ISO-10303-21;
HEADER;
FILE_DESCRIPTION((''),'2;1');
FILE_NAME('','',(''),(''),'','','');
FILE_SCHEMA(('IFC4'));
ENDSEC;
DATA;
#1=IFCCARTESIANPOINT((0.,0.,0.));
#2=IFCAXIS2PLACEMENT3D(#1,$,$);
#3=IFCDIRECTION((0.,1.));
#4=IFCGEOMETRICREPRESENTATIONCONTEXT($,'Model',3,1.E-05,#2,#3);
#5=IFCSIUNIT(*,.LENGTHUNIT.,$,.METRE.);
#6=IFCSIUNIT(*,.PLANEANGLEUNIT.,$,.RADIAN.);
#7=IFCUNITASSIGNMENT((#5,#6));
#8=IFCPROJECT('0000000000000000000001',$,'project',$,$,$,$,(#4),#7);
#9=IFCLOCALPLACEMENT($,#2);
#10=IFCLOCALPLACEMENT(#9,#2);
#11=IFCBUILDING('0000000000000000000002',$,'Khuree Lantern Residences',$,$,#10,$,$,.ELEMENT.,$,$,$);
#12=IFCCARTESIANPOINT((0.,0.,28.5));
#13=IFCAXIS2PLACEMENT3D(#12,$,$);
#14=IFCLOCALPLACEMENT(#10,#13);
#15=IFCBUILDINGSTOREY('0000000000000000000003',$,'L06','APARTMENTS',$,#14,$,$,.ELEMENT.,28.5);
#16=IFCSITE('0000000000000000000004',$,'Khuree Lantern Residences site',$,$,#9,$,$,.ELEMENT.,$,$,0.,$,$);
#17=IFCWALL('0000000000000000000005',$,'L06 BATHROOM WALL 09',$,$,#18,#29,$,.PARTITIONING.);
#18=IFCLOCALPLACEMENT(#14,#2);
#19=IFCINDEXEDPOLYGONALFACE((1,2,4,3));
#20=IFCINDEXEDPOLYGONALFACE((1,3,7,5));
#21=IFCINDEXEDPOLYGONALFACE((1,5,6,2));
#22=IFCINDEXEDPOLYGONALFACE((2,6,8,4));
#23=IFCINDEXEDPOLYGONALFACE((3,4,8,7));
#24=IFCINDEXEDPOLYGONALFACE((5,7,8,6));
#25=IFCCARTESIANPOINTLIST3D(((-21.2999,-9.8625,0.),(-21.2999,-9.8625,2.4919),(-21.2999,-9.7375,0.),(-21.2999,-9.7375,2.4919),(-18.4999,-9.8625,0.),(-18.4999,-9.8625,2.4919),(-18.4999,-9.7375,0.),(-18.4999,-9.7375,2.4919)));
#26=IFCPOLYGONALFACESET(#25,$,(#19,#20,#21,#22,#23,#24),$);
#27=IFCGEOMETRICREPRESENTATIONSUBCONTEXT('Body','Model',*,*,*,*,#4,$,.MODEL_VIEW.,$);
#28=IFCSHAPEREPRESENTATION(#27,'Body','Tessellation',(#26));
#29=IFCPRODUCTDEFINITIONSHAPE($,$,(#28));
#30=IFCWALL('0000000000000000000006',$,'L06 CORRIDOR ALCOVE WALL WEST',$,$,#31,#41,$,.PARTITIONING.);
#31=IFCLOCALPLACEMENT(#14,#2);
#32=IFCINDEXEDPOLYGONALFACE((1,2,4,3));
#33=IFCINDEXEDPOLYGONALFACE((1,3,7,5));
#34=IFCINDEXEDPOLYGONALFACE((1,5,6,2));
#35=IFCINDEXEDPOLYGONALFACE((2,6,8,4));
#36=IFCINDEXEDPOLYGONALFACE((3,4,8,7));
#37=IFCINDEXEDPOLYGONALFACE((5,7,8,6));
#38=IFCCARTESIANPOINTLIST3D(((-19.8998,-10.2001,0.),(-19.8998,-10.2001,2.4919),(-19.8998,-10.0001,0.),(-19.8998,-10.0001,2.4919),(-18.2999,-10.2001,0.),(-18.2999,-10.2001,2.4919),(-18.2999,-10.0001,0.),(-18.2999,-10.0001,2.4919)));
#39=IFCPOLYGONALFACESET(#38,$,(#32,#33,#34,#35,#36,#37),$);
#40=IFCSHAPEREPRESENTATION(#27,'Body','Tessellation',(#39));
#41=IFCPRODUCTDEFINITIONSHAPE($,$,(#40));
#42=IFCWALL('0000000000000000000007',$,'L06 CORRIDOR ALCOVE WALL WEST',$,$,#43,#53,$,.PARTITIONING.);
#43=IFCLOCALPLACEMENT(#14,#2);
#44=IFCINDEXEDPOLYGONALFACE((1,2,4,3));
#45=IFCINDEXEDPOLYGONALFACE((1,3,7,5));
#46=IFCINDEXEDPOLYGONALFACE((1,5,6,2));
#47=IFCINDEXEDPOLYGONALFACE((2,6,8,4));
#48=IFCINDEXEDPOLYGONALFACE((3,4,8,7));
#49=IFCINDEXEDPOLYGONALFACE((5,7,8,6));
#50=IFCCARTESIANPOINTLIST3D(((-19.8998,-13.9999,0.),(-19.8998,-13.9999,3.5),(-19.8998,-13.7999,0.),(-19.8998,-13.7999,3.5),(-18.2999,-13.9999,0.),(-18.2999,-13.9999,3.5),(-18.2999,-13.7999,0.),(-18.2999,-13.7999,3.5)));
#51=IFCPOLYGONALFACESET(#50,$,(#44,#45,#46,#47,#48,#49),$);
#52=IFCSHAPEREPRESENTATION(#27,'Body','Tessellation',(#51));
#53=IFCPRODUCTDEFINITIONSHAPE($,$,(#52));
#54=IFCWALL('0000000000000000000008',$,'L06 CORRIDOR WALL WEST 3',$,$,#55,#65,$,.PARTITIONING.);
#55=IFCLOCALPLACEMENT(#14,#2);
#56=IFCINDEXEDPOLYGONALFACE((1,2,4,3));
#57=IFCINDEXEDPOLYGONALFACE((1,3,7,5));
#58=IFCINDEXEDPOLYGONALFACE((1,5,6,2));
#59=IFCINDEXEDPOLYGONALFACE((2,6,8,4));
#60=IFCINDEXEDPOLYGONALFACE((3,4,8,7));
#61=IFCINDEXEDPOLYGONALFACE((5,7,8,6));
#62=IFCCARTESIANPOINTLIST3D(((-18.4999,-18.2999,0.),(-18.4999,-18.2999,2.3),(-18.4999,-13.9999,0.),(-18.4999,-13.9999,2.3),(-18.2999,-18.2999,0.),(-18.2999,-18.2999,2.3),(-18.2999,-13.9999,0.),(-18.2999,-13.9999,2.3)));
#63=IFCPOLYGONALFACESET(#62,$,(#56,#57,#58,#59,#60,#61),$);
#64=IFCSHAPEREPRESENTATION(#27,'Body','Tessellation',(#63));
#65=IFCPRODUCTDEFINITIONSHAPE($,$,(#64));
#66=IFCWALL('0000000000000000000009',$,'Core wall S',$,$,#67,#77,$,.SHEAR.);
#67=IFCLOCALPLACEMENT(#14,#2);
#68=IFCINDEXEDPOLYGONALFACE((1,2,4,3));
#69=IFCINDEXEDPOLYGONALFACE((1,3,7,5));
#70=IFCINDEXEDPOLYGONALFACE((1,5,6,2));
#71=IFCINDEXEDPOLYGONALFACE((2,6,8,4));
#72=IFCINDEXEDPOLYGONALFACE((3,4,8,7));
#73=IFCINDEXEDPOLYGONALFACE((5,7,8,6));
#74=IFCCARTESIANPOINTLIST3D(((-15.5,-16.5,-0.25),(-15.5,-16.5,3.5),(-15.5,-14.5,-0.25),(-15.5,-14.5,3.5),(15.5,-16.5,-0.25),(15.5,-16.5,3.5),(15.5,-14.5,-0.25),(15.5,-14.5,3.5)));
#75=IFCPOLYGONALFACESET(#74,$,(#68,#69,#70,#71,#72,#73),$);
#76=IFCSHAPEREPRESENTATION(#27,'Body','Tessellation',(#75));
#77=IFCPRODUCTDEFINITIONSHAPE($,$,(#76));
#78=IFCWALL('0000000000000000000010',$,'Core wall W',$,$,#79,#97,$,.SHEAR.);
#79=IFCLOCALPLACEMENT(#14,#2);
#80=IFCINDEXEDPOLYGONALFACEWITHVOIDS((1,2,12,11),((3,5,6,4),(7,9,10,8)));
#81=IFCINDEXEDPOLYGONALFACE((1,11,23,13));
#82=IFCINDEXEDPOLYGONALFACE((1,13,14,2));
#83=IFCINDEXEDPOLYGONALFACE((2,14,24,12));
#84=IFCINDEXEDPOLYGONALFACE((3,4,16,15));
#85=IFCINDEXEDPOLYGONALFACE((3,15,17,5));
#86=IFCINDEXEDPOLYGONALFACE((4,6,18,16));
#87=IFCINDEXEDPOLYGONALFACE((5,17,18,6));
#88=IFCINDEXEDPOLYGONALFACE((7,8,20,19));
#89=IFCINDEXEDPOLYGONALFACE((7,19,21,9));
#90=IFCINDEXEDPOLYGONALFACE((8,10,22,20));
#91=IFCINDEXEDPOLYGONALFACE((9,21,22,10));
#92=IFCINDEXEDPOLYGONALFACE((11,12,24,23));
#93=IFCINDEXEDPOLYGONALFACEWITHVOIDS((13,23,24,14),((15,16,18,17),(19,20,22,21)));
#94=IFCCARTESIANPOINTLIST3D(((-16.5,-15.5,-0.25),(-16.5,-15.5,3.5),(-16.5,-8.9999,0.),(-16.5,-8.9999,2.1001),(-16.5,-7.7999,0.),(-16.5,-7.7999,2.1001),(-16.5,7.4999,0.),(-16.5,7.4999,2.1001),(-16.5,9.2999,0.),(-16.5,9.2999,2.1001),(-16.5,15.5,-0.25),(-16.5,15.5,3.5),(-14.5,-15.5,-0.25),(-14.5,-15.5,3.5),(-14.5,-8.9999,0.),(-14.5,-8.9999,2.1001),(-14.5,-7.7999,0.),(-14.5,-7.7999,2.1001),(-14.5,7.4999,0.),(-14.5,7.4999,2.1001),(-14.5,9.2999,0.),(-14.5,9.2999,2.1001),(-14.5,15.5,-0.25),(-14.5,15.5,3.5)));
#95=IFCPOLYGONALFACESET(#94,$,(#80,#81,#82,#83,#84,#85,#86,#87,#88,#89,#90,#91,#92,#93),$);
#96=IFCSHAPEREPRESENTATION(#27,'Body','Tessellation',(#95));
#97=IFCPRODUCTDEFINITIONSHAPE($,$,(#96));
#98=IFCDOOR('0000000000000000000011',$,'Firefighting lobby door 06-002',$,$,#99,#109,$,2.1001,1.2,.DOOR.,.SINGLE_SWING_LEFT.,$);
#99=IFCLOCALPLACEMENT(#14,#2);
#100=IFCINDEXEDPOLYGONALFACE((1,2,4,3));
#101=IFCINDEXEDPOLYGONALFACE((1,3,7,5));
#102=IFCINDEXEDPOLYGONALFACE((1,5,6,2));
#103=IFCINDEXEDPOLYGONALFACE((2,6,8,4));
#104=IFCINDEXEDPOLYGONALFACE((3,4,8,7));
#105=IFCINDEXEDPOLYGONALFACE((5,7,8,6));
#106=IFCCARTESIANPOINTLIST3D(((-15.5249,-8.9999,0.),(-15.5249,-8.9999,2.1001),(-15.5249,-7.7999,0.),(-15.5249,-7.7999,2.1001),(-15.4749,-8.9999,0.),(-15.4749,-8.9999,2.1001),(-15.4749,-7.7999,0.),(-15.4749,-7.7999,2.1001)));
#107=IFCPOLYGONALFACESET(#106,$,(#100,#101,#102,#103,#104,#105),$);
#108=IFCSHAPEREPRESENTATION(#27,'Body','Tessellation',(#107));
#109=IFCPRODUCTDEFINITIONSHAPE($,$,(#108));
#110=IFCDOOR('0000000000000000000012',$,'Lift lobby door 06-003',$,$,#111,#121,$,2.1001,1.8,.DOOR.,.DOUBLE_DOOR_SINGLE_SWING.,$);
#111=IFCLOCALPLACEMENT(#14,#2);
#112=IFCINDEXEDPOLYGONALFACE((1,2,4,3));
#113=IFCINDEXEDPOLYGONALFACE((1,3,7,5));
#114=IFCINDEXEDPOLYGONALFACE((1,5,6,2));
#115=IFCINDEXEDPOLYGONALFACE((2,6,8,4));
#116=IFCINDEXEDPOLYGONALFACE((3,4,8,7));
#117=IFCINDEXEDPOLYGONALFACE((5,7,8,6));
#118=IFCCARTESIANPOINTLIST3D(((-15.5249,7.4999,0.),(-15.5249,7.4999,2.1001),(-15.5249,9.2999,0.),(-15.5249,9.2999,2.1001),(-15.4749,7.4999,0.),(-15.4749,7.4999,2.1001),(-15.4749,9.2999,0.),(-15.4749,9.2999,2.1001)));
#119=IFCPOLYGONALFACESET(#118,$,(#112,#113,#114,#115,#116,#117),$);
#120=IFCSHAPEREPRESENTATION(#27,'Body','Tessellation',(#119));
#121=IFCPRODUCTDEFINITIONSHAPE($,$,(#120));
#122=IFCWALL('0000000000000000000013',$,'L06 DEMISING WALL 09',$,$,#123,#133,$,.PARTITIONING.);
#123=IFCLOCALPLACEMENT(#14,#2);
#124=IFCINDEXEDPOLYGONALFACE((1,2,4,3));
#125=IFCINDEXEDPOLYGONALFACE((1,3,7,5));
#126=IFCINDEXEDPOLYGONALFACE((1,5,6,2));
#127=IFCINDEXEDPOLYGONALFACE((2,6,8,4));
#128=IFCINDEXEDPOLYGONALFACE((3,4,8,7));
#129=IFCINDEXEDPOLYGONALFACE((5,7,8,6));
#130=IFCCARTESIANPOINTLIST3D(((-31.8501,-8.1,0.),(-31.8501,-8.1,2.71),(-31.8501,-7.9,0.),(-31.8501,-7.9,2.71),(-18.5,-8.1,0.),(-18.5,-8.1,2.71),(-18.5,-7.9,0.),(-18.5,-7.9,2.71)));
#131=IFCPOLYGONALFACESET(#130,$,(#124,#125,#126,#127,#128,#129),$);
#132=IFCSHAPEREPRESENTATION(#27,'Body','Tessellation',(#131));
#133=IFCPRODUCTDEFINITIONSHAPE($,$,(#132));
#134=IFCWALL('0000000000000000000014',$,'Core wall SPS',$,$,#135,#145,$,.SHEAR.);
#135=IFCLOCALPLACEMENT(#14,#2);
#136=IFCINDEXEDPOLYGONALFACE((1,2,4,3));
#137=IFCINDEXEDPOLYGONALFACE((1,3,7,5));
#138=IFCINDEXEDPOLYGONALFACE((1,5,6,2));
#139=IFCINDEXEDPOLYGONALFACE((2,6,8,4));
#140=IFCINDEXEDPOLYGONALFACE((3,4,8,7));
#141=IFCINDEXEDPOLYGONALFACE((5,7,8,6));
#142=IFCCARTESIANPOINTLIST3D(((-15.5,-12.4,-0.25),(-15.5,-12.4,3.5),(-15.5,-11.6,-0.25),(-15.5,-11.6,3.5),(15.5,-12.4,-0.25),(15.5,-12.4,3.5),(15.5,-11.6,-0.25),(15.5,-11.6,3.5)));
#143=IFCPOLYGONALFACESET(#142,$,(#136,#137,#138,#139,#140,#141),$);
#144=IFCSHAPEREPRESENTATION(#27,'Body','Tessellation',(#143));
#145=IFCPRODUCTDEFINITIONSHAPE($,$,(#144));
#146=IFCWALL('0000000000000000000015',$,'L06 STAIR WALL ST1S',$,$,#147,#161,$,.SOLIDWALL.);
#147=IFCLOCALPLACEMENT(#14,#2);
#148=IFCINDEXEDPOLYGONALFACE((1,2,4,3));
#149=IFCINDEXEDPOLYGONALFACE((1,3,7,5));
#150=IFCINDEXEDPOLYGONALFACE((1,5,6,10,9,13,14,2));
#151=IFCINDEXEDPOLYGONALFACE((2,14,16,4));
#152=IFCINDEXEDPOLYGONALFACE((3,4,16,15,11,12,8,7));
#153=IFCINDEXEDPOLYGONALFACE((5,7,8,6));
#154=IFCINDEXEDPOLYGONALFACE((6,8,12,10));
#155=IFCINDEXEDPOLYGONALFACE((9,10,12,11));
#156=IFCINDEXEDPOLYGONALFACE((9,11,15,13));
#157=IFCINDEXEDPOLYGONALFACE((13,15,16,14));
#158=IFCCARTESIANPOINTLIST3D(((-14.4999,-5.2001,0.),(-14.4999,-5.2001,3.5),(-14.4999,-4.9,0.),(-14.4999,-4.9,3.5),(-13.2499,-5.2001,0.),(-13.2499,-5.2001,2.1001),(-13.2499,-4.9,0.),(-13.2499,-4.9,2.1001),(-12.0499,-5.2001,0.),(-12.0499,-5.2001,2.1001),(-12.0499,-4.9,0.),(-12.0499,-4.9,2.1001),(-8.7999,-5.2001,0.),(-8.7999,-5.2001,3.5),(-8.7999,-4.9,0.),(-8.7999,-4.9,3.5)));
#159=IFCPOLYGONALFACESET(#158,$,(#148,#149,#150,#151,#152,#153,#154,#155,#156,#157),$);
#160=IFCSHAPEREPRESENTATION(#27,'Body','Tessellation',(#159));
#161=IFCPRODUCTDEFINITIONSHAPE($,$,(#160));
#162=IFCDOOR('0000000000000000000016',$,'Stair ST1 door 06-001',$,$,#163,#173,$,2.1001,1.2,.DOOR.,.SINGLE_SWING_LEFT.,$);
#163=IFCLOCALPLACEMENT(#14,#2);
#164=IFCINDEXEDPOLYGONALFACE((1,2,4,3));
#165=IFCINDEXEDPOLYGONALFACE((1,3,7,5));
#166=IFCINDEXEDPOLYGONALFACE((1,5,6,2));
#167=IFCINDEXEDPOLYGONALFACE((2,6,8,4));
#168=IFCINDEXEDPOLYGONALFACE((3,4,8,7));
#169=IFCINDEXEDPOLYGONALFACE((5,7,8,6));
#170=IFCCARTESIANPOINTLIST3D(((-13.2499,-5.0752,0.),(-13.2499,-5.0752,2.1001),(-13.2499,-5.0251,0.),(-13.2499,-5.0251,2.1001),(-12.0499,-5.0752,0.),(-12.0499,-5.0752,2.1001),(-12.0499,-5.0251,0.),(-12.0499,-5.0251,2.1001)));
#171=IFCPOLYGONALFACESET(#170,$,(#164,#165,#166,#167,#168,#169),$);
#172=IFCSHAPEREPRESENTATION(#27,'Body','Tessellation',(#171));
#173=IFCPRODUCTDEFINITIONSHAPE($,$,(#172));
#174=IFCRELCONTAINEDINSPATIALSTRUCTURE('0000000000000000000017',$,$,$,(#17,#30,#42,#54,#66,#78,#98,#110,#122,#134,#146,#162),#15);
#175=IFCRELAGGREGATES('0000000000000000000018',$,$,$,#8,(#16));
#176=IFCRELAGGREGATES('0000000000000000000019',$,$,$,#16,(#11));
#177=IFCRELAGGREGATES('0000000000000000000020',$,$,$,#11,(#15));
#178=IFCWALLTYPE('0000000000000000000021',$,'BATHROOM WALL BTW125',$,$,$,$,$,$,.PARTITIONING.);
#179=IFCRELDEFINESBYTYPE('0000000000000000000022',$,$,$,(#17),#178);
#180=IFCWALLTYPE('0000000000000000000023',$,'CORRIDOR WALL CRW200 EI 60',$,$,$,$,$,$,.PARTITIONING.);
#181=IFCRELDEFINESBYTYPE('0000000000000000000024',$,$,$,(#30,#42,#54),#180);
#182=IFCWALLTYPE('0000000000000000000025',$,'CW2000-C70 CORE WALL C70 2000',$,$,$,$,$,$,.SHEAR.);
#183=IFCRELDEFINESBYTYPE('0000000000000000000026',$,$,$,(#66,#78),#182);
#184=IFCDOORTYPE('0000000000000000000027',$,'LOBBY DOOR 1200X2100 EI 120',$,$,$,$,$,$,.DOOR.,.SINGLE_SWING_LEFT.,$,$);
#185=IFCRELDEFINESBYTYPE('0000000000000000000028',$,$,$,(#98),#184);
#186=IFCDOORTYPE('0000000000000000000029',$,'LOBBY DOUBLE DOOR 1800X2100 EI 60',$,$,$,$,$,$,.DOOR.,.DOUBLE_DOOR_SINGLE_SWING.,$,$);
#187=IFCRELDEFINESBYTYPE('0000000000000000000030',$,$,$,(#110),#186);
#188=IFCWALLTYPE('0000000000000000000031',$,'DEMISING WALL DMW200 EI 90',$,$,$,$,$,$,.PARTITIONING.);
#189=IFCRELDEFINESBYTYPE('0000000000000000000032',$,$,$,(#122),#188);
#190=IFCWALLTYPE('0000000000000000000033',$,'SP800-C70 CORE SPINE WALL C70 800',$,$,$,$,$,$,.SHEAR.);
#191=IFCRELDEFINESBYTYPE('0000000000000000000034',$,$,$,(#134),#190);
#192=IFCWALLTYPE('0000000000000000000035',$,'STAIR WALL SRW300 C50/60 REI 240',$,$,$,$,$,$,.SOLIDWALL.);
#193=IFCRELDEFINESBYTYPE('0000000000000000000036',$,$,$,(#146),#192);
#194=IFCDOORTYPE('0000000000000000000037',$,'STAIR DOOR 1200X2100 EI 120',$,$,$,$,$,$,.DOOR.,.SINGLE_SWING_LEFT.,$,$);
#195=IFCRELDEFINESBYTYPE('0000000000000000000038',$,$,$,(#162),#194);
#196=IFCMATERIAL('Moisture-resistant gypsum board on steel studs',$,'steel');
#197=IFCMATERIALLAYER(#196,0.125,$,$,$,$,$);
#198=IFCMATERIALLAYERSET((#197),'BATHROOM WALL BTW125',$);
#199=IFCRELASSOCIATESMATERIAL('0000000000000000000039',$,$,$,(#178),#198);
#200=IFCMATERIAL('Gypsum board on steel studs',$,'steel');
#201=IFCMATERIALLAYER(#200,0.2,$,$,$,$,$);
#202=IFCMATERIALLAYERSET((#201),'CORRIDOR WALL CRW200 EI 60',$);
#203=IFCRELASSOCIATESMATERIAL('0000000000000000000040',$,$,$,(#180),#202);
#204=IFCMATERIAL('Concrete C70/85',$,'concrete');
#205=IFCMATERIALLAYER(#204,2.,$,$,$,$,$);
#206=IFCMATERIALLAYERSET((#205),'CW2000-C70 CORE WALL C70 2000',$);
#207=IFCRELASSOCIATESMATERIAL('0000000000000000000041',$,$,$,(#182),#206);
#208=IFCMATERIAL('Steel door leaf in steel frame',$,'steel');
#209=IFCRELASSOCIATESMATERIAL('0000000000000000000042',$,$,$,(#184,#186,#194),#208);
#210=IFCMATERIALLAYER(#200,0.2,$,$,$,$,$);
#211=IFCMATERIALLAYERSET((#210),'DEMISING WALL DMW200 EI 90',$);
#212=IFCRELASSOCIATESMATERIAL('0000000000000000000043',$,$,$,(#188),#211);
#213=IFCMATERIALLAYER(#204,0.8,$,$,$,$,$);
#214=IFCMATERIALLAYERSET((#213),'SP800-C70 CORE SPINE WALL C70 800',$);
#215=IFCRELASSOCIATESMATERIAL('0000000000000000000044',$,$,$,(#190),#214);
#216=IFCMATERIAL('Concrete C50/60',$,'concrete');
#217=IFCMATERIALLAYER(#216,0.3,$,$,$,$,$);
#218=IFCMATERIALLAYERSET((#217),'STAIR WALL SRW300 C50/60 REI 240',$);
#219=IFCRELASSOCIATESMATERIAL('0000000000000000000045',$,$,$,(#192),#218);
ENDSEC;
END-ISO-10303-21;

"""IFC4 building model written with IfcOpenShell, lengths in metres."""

from ifc_helpers import new_model, si_unit, direction, frame, frame_2d, origin, place, context, subcontext, project, spatial, rectangle, extrude, material, layer, layer_set, type_object, element, fill, save


model = new_model("IFC4")

# Units and contexts
model_context = context("Model", 3, precision=1e-05, world=origin(), true_north=direction((0.0, 1.0)))
body_context = subcontext(model_context, "Body", "Model", "MODEL_VIEW")
ifc_project = project(units=[si_unit("LENGTHUNIT", "METRE"), si_unit("PLANEANGLEUNIT", "RADIAN")], contexts=[model_context])

# Site, building, storey
site_placement = place(None, origin())
site = spatial("IfcSite", under=ifc_project, at=site_placement, Name="Khuree Lantern Residences site", CompositionType="ELEMENT", RefElevation=0.0)
building_placement = place(site_placement, origin())
building = spatial("IfcBuilding", under=site, at=building_placement, Name="Khuree Lantern Residences", CompositionType="ELEMENT")
storey_placement = place(building_placement, frame((0.0, 0.0, 28.5)))
storey = spatial("IfcBuildingStorey", under=building, at=storey_placement, Name="L06", Description="APARTMENTS", CompositionType="ELEMENT", Elevation=28.5)

# Walls
ifc_material_1 = material(Name="Moisture-resistant gypsum board on steel studs", Category="steel")
ifc_layer_1 = layer(ifc_material_1, 0.125)
ifc_layer_set_1 = layer_set([ifc_layer_1], Name="BATHROOM WALL BTW125")
wall_type_1 = type_object("IfcWallType", Name="BATHROOM WALL BTW125", PredefinedType="PARTITIONING", material=ifc_layer_set_1)
wall_1_placement = place(storey_placement, frame((-18.5, -9.8, 0.0), z_axis=(0.0, 0.0, 1.0), x_axis=(-1.0, 0.0, 0.0)))
element("IfcWall", 1, at=wall_1_placement, inside=storey, type_object=wall_type_1, Name="L06 BATHROOM WALL 09", PredefinedType="PARTITIONING", context=body_context, shape_type="SweptSolid", body=[
    extrude(rectangle(XDim=2.8, YDim=0.125, at=frame_2d((1.3999, 0.0))), origin(), (0.0, 0.0, 1.0), 2.4919),
])
ifc_material_2 = material(Name="Gypsum board on steel studs", Category="steel")
ifc_layer_2 = layer(ifc_material_2, 0.2)
ifc_layer_set_2 = layer_set([ifc_layer_2], Name="CORRIDOR WALL CRW200 EI 60")
wall_type_2 = type_object("IfcWallType", Name="CORRIDOR WALL CRW200 EI 60", PredefinedType="PARTITIONING", material=ifc_layer_set_2)
wall_2_placement = place(storey_placement, frame((-18.3, -10.1001, 0.0), z_axis=(0.0, 0.0, 1.0), x_axis=(-1.0, 0.0, 0.0)))
element("IfcWall", 2, at=wall_2_placement, inside=storey, type_object=wall_type_2, Name="L06 CORRIDOR ALCOVE WALL WEST", PredefinedType="PARTITIONING", context=body_context, shape_type="SweptSolid", body=[
    extrude(rectangle(XDim=1.5999, YDim=0.2, at=frame_2d((0.7998, 0.0))), origin(), (0.0, 0.0, 1.0), 2.4919),
])
wall_3_placement = place(storey_placement, frame((-18.3, -13.8999, 0.0), z_axis=(0.0, 0.0, 1.0), x_axis=(-1.0, 0.0, 0.0)))
element("IfcWall", 3, at=wall_3_placement, inside=storey, type_object=wall_type_2, Name="L06 CORRIDOR ALCOVE WALL WEST", PredefinedType="PARTITIONING", context=body_context, shape_type="SweptSolid", body=[
    extrude(rectangle(XDim=1.5999, YDim=0.2, at=frame_2d((0.7998, 0.0))), origin(), (0.0, 0.0, 1.0), 3.5),
])
wall_4_placement = place(storey_placement, frame((-18.3999, -14.0, 0.0), z_axis=(0.0, 0.0, 1.0), x_axis=(0.0, -1.0, 0.0)))
element("IfcWall", 4, at=wall_4_placement, inside=storey, type_object=wall_type_2, Name="L06 CORRIDOR WALL WEST 3", PredefinedType="PARTITIONING", context=body_context, shape_type="SweptSolid", body=[
    extrude(rectangle(XDim=4.3, YDim=0.2, at=frame_2d((2.1499, 0.0))), origin(), (0.0, 0.0, 1.0), 2.3),
])
ifc_material_3 = material(Name="Concrete C70/85", Category="concrete")
ifc_layer_3 = layer(ifc_material_3, 2.0)
ifc_layer_set_3 = layer_set([ifc_layer_3], Name="CW2000-C70 CORE WALL C70 2000")
wall_type_3 = type_object("IfcWallType", Name="CW2000-C70 CORE WALL C70 2000", PredefinedType="SHEAR", material=ifc_layer_set_3)
wall_5_placement = place(storey_placement, frame((-15.5, -15.5, -0.25), z_axis=(0.0, 0.0, 1.0), x_axis=(1.0, 0.0, 0.0)))
element("IfcWall", 5, at=wall_5_placement, inside=storey, type_object=wall_type_3, Name="Core wall S", PredefinedType="SHEAR", context=body_context, shape_type="SweptSolid", body=[
    extrude(rectangle(XDim=31.0, YDim=2.0, at=frame_2d((15.5, 0.0))), origin(), (0.0, 0.0, 1.0), 3.75),
])

# Wall, openings, doors
wall_6_placement = place(storey_placement, frame((-15.5, -15.5, -0.25), z_axis=(0.0, 0.0, 1.0), x_axis=(0.0, 1.0, 0.0)))
wall_6 = element("IfcWall", 6, at=wall_6_placement, inside=storey, type_object=wall_type_3, Name="Core wall W", PredefinedType="SHEAR", context=body_context, shape_type="SweptSolid", body=[
    extrude(rectangle(XDim=31.0, YDim=2.0, at=frame_2d((15.5, 0.0))), origin(), (0.0, 0.0, 1.0), 3.75),
])
opening_1_placement = place(wall_6_placement, frame((6.5, 0.0, 0.25)))
opening_1 = element("IfcOpeningElement", 7, at=opening_1_placement, cuts=wall_6, PredefinedType="OPENING", context=body_context, shape_type="SweptSolid", body=[
    extrude(rectangle(XDim=1.2, YDim=2.1001, at=frame_2d((0.6001, 1.05))), frame((0.0, 1.01, 0.0), z_axis=(0.0, -1.0, 0.0), x_axis=(1.0, 0.0, 0.0)), (0.0, 0.0, 1.0), 2.02),
])
opening_2_placement = place(wall_6_placement, frame((23.0, 0.0, 0.25)))
opening_2 = element("IfcOpeningElement", 8, at=opening_2_placement, cuts=wall_6, PredefinedType="OPENING", context=body_context, shape_type="SweptSolid", body=[
    extrude(rectangle(XDim=1.8, YDim=2.1001, at=frame_2d((0.8999, 1.05))), frame((0.0, 1.01, 0.0), z_axis=(0.0, -1.0, 0.0), x_axis=(1.0, 0.0, 0.0)), (0.0, 0.0, 1.0), 2.02),
])
ifc_material_4 = material(Name="Steel door leaf in steel frame", Category="steel")
door_type_1 = type_object("IfcDoorType", Name="LOBBY DOOR 1200X2100 EI 120", OperationType="SINGLE_SWING_LEFT", PredefinedType="DOOR", material=ifc_material_4)
door_1_placement = place(opening_1_placement, origin())
door_1 = element("IfcDoor", 9, at=door_1_placement, inside=storey, type_object=door_type_1, Name="Firefighting lobby door 06-002", OperationType="SINGLE_SWING_LEFT", OverallHeight=2.1001, OverallWidth=1.2, PredefinedType="DOOR", context=body_context, shape_type="SweptSolid", body=[
    extrude(rectangle(XDim=1.2, YDim=2.1001, at=frame_2d((0.6001, 1.05))), frame((0.0, 0.0249, 0.0), z_axis=(0.0, -1.0, 0.0), x_axis=(1.0, 0.0, 0.0)), (0.0, 0.0, 1.0), 0.05),
])
fill(opening_1, door_1)
door_type_2 = type_object("IfcDoorType", Name="LOBBY DOUBLE DOOR 1800X2100 EI 60", OperationType="DOUBLE_DOOR_SINGLE_SWING", PredefinedType="DOOR", material=ifc_material_4)
door_2_placement = place(opening_2_placement, origin())
door_2 = element("IfcDoor", 10, at=door_2_placement, inside=storey, type_object=door_type_2, Name="Lift lobby door 06-003", OperationType="DOUBLE_DOOR_SINGLE_SWING", OverallHeight=2.1001, OverallWidth=1.8, PredefinedType="DOOR", context=body_context, shape_type="SweptSolid", body=[
    extrude(rectangle(XDim=1.8, YDim=2.1001, at=frame_2d((0.8999, 1.05))), frame((0.0, 0.0249, 0.0), z_axis=(0.0, -1.0, 0.0), x_axis=(1.0, 0.0, 0.0)), (0.0, 0.0, 1.0), 0.05),
])
fill(opening_2, door_2)

# Walls
ifc_layer_4 = layer(ifc_material_2, 0.2)
ifc_layer_set_4 = layer_set([ifc_layer_4], Name="DEMISING WALL DMW200 EI 90")
wall_type_4 = type_object("IfcWallType", Name="DEMISING WALL DMW200 EI 90", PredefinedType="PARTITIONING", material=ifc_layer_set_4)
wall_7_placement = place(storey_placement, frame((-18.5, -8.0, 0.0), z_axis=(0.0, 0.0, 1.0), x_axis=(-1.0, 0.0, 0.0)))
element("IfcWall", 11, at=wall_7_placement, inside=storey, type_object=wall_type_4, Name="L06 DEMISING WALL 09", PredefinedType="PARTITIONING", context=body_context, shape_type="SweptSolid", body=[
    extrude(rectangle(XDim=13.3501, YDim=0.2, at=frame_2d((6.675, 0.0))), origin(), (0.0, 0.0, 1.0), 2.71),
])
ifc_layer_5 = layer(ifc_material_3, 0.8)
ifc_layer_set_5 = layer_set([ifc_layer_5], Name="SP800-C70 CORE SPINE WALL C70 800")
wall_type_5 = type_object("IfcWallType", Name="SP800-C70 CORE SPINE WALL C70 800", PredefinedType="SHEAR", material=ifc_layer_set_5)
wall_8_placement = place(storey_placement, frame((-15.5, -12.0, -0.25), z_axis=(0.0, 0.0, 1.0), x_axis=(1.0, 0.0, 0.0)))
element("IfcWall", 12, at=wall_8_placement, inside=storey, type_object=wall_type_5, Name="Core wall SPS", PredefinedType="SHEAR", context=body_context, shape_type="SweptSolid", body=[
    extrude(rectangle(XDim=31.0, YDim=0.8, at=frame_2d((15.5, 0.0))), origin(), (0.0, 0.0, 1.0), 3.75),
])

# Wall, opening, door
ifc_material_5 = material(Name="Concrete C50/60", Category="concrete")
ifc_layer_6 = layer(ifc_material_5, 0.3)
ifc_layer_set_6 = layer_set([ifc_layer_6], Name="STAIR WALL SRW300 C50/60 REI 240")
wall_type_6 = type_object("IfcWallType", Name="STAIR WALL SRW300 C50/60 REI 240", PredefinedType="SOLIDWALL", material=ifc_layer_set_6)
wall_9_placement = place(storey_placement, frame((-14.5, -5.05, 0.0), z_axis=(0.0, 0.0, 1.0), x_axis=(1.0, 0.0, 0.0)))
wall_9 = element("IfcWall", 13, at=wall_9_placement, inside=storey, type_object=wall_type_6, Name="L06 STAIR WALL ST1S", PredefinedType="SOLIDWALL", context=body_context, shape_type="SweptSolid", body=[
    extrude(rectangle(XDim=5.7, YDim=0.3, at=frame_2d((2.8501, 0.0))), origin(), (0.0, 0.0, 1.0), 3.5),
])
opening_3_placement = place(wall_9_placement, frame((1.25, 0.0, 0.0)))
opening_3 = element("IfcOpeningElement", 14, at=opening_3_placement, cuts=wall_9, PredefinedType="OPENING", context=body_context, shape_type="SweptSolid", body=[
    extrude(rectangle(XDim=1.2, YDim=2.1001, at=frame_2d((0.6001, 1.05))), frame((0.0, 0.1602, 0.0), z_axis=(0.0, -1.0, 0.0), x_axis=(1.0, 0.0, 0.0)), (0.0, 0.0, 1.0), 0.3201),
])
door_type_3 = type_object("IfcDoorType", Name="STAIR DOOR 1200X2100 EI 120", OperationType="SINGLE_SWING_LEFT", PredefinedType="DOOR", material=ifc_material_4)
door_3_placement = place(opening_3_placement, origin())
door_3 = element("IfcDoor", 15, at=door_3_placement, inside=storey, type_object=door_type_3, Name="Stair ST1 door 06-001", OperationType="SINGLE_SWING_LEFT", OverallHeight=2.1001, OverallWidth=1.2, PredefinedType="DOOR", context=body_context, shape_type="SweptSolid", body=[
    extrude(rectangle(XDim=1.2, YDim=2.1001, at=frame_2d((0.6001, 1.05))), frame((0.0, 0.0249, 0.0), z_axis=(0.0, -1.0, 0.0), x_axis=(1.0, 0.0, 0.0)), (0.0, 0.0, 1.0), 0.05),
])
fill(opening_3, door_3)

save(model, "model.ifc")
